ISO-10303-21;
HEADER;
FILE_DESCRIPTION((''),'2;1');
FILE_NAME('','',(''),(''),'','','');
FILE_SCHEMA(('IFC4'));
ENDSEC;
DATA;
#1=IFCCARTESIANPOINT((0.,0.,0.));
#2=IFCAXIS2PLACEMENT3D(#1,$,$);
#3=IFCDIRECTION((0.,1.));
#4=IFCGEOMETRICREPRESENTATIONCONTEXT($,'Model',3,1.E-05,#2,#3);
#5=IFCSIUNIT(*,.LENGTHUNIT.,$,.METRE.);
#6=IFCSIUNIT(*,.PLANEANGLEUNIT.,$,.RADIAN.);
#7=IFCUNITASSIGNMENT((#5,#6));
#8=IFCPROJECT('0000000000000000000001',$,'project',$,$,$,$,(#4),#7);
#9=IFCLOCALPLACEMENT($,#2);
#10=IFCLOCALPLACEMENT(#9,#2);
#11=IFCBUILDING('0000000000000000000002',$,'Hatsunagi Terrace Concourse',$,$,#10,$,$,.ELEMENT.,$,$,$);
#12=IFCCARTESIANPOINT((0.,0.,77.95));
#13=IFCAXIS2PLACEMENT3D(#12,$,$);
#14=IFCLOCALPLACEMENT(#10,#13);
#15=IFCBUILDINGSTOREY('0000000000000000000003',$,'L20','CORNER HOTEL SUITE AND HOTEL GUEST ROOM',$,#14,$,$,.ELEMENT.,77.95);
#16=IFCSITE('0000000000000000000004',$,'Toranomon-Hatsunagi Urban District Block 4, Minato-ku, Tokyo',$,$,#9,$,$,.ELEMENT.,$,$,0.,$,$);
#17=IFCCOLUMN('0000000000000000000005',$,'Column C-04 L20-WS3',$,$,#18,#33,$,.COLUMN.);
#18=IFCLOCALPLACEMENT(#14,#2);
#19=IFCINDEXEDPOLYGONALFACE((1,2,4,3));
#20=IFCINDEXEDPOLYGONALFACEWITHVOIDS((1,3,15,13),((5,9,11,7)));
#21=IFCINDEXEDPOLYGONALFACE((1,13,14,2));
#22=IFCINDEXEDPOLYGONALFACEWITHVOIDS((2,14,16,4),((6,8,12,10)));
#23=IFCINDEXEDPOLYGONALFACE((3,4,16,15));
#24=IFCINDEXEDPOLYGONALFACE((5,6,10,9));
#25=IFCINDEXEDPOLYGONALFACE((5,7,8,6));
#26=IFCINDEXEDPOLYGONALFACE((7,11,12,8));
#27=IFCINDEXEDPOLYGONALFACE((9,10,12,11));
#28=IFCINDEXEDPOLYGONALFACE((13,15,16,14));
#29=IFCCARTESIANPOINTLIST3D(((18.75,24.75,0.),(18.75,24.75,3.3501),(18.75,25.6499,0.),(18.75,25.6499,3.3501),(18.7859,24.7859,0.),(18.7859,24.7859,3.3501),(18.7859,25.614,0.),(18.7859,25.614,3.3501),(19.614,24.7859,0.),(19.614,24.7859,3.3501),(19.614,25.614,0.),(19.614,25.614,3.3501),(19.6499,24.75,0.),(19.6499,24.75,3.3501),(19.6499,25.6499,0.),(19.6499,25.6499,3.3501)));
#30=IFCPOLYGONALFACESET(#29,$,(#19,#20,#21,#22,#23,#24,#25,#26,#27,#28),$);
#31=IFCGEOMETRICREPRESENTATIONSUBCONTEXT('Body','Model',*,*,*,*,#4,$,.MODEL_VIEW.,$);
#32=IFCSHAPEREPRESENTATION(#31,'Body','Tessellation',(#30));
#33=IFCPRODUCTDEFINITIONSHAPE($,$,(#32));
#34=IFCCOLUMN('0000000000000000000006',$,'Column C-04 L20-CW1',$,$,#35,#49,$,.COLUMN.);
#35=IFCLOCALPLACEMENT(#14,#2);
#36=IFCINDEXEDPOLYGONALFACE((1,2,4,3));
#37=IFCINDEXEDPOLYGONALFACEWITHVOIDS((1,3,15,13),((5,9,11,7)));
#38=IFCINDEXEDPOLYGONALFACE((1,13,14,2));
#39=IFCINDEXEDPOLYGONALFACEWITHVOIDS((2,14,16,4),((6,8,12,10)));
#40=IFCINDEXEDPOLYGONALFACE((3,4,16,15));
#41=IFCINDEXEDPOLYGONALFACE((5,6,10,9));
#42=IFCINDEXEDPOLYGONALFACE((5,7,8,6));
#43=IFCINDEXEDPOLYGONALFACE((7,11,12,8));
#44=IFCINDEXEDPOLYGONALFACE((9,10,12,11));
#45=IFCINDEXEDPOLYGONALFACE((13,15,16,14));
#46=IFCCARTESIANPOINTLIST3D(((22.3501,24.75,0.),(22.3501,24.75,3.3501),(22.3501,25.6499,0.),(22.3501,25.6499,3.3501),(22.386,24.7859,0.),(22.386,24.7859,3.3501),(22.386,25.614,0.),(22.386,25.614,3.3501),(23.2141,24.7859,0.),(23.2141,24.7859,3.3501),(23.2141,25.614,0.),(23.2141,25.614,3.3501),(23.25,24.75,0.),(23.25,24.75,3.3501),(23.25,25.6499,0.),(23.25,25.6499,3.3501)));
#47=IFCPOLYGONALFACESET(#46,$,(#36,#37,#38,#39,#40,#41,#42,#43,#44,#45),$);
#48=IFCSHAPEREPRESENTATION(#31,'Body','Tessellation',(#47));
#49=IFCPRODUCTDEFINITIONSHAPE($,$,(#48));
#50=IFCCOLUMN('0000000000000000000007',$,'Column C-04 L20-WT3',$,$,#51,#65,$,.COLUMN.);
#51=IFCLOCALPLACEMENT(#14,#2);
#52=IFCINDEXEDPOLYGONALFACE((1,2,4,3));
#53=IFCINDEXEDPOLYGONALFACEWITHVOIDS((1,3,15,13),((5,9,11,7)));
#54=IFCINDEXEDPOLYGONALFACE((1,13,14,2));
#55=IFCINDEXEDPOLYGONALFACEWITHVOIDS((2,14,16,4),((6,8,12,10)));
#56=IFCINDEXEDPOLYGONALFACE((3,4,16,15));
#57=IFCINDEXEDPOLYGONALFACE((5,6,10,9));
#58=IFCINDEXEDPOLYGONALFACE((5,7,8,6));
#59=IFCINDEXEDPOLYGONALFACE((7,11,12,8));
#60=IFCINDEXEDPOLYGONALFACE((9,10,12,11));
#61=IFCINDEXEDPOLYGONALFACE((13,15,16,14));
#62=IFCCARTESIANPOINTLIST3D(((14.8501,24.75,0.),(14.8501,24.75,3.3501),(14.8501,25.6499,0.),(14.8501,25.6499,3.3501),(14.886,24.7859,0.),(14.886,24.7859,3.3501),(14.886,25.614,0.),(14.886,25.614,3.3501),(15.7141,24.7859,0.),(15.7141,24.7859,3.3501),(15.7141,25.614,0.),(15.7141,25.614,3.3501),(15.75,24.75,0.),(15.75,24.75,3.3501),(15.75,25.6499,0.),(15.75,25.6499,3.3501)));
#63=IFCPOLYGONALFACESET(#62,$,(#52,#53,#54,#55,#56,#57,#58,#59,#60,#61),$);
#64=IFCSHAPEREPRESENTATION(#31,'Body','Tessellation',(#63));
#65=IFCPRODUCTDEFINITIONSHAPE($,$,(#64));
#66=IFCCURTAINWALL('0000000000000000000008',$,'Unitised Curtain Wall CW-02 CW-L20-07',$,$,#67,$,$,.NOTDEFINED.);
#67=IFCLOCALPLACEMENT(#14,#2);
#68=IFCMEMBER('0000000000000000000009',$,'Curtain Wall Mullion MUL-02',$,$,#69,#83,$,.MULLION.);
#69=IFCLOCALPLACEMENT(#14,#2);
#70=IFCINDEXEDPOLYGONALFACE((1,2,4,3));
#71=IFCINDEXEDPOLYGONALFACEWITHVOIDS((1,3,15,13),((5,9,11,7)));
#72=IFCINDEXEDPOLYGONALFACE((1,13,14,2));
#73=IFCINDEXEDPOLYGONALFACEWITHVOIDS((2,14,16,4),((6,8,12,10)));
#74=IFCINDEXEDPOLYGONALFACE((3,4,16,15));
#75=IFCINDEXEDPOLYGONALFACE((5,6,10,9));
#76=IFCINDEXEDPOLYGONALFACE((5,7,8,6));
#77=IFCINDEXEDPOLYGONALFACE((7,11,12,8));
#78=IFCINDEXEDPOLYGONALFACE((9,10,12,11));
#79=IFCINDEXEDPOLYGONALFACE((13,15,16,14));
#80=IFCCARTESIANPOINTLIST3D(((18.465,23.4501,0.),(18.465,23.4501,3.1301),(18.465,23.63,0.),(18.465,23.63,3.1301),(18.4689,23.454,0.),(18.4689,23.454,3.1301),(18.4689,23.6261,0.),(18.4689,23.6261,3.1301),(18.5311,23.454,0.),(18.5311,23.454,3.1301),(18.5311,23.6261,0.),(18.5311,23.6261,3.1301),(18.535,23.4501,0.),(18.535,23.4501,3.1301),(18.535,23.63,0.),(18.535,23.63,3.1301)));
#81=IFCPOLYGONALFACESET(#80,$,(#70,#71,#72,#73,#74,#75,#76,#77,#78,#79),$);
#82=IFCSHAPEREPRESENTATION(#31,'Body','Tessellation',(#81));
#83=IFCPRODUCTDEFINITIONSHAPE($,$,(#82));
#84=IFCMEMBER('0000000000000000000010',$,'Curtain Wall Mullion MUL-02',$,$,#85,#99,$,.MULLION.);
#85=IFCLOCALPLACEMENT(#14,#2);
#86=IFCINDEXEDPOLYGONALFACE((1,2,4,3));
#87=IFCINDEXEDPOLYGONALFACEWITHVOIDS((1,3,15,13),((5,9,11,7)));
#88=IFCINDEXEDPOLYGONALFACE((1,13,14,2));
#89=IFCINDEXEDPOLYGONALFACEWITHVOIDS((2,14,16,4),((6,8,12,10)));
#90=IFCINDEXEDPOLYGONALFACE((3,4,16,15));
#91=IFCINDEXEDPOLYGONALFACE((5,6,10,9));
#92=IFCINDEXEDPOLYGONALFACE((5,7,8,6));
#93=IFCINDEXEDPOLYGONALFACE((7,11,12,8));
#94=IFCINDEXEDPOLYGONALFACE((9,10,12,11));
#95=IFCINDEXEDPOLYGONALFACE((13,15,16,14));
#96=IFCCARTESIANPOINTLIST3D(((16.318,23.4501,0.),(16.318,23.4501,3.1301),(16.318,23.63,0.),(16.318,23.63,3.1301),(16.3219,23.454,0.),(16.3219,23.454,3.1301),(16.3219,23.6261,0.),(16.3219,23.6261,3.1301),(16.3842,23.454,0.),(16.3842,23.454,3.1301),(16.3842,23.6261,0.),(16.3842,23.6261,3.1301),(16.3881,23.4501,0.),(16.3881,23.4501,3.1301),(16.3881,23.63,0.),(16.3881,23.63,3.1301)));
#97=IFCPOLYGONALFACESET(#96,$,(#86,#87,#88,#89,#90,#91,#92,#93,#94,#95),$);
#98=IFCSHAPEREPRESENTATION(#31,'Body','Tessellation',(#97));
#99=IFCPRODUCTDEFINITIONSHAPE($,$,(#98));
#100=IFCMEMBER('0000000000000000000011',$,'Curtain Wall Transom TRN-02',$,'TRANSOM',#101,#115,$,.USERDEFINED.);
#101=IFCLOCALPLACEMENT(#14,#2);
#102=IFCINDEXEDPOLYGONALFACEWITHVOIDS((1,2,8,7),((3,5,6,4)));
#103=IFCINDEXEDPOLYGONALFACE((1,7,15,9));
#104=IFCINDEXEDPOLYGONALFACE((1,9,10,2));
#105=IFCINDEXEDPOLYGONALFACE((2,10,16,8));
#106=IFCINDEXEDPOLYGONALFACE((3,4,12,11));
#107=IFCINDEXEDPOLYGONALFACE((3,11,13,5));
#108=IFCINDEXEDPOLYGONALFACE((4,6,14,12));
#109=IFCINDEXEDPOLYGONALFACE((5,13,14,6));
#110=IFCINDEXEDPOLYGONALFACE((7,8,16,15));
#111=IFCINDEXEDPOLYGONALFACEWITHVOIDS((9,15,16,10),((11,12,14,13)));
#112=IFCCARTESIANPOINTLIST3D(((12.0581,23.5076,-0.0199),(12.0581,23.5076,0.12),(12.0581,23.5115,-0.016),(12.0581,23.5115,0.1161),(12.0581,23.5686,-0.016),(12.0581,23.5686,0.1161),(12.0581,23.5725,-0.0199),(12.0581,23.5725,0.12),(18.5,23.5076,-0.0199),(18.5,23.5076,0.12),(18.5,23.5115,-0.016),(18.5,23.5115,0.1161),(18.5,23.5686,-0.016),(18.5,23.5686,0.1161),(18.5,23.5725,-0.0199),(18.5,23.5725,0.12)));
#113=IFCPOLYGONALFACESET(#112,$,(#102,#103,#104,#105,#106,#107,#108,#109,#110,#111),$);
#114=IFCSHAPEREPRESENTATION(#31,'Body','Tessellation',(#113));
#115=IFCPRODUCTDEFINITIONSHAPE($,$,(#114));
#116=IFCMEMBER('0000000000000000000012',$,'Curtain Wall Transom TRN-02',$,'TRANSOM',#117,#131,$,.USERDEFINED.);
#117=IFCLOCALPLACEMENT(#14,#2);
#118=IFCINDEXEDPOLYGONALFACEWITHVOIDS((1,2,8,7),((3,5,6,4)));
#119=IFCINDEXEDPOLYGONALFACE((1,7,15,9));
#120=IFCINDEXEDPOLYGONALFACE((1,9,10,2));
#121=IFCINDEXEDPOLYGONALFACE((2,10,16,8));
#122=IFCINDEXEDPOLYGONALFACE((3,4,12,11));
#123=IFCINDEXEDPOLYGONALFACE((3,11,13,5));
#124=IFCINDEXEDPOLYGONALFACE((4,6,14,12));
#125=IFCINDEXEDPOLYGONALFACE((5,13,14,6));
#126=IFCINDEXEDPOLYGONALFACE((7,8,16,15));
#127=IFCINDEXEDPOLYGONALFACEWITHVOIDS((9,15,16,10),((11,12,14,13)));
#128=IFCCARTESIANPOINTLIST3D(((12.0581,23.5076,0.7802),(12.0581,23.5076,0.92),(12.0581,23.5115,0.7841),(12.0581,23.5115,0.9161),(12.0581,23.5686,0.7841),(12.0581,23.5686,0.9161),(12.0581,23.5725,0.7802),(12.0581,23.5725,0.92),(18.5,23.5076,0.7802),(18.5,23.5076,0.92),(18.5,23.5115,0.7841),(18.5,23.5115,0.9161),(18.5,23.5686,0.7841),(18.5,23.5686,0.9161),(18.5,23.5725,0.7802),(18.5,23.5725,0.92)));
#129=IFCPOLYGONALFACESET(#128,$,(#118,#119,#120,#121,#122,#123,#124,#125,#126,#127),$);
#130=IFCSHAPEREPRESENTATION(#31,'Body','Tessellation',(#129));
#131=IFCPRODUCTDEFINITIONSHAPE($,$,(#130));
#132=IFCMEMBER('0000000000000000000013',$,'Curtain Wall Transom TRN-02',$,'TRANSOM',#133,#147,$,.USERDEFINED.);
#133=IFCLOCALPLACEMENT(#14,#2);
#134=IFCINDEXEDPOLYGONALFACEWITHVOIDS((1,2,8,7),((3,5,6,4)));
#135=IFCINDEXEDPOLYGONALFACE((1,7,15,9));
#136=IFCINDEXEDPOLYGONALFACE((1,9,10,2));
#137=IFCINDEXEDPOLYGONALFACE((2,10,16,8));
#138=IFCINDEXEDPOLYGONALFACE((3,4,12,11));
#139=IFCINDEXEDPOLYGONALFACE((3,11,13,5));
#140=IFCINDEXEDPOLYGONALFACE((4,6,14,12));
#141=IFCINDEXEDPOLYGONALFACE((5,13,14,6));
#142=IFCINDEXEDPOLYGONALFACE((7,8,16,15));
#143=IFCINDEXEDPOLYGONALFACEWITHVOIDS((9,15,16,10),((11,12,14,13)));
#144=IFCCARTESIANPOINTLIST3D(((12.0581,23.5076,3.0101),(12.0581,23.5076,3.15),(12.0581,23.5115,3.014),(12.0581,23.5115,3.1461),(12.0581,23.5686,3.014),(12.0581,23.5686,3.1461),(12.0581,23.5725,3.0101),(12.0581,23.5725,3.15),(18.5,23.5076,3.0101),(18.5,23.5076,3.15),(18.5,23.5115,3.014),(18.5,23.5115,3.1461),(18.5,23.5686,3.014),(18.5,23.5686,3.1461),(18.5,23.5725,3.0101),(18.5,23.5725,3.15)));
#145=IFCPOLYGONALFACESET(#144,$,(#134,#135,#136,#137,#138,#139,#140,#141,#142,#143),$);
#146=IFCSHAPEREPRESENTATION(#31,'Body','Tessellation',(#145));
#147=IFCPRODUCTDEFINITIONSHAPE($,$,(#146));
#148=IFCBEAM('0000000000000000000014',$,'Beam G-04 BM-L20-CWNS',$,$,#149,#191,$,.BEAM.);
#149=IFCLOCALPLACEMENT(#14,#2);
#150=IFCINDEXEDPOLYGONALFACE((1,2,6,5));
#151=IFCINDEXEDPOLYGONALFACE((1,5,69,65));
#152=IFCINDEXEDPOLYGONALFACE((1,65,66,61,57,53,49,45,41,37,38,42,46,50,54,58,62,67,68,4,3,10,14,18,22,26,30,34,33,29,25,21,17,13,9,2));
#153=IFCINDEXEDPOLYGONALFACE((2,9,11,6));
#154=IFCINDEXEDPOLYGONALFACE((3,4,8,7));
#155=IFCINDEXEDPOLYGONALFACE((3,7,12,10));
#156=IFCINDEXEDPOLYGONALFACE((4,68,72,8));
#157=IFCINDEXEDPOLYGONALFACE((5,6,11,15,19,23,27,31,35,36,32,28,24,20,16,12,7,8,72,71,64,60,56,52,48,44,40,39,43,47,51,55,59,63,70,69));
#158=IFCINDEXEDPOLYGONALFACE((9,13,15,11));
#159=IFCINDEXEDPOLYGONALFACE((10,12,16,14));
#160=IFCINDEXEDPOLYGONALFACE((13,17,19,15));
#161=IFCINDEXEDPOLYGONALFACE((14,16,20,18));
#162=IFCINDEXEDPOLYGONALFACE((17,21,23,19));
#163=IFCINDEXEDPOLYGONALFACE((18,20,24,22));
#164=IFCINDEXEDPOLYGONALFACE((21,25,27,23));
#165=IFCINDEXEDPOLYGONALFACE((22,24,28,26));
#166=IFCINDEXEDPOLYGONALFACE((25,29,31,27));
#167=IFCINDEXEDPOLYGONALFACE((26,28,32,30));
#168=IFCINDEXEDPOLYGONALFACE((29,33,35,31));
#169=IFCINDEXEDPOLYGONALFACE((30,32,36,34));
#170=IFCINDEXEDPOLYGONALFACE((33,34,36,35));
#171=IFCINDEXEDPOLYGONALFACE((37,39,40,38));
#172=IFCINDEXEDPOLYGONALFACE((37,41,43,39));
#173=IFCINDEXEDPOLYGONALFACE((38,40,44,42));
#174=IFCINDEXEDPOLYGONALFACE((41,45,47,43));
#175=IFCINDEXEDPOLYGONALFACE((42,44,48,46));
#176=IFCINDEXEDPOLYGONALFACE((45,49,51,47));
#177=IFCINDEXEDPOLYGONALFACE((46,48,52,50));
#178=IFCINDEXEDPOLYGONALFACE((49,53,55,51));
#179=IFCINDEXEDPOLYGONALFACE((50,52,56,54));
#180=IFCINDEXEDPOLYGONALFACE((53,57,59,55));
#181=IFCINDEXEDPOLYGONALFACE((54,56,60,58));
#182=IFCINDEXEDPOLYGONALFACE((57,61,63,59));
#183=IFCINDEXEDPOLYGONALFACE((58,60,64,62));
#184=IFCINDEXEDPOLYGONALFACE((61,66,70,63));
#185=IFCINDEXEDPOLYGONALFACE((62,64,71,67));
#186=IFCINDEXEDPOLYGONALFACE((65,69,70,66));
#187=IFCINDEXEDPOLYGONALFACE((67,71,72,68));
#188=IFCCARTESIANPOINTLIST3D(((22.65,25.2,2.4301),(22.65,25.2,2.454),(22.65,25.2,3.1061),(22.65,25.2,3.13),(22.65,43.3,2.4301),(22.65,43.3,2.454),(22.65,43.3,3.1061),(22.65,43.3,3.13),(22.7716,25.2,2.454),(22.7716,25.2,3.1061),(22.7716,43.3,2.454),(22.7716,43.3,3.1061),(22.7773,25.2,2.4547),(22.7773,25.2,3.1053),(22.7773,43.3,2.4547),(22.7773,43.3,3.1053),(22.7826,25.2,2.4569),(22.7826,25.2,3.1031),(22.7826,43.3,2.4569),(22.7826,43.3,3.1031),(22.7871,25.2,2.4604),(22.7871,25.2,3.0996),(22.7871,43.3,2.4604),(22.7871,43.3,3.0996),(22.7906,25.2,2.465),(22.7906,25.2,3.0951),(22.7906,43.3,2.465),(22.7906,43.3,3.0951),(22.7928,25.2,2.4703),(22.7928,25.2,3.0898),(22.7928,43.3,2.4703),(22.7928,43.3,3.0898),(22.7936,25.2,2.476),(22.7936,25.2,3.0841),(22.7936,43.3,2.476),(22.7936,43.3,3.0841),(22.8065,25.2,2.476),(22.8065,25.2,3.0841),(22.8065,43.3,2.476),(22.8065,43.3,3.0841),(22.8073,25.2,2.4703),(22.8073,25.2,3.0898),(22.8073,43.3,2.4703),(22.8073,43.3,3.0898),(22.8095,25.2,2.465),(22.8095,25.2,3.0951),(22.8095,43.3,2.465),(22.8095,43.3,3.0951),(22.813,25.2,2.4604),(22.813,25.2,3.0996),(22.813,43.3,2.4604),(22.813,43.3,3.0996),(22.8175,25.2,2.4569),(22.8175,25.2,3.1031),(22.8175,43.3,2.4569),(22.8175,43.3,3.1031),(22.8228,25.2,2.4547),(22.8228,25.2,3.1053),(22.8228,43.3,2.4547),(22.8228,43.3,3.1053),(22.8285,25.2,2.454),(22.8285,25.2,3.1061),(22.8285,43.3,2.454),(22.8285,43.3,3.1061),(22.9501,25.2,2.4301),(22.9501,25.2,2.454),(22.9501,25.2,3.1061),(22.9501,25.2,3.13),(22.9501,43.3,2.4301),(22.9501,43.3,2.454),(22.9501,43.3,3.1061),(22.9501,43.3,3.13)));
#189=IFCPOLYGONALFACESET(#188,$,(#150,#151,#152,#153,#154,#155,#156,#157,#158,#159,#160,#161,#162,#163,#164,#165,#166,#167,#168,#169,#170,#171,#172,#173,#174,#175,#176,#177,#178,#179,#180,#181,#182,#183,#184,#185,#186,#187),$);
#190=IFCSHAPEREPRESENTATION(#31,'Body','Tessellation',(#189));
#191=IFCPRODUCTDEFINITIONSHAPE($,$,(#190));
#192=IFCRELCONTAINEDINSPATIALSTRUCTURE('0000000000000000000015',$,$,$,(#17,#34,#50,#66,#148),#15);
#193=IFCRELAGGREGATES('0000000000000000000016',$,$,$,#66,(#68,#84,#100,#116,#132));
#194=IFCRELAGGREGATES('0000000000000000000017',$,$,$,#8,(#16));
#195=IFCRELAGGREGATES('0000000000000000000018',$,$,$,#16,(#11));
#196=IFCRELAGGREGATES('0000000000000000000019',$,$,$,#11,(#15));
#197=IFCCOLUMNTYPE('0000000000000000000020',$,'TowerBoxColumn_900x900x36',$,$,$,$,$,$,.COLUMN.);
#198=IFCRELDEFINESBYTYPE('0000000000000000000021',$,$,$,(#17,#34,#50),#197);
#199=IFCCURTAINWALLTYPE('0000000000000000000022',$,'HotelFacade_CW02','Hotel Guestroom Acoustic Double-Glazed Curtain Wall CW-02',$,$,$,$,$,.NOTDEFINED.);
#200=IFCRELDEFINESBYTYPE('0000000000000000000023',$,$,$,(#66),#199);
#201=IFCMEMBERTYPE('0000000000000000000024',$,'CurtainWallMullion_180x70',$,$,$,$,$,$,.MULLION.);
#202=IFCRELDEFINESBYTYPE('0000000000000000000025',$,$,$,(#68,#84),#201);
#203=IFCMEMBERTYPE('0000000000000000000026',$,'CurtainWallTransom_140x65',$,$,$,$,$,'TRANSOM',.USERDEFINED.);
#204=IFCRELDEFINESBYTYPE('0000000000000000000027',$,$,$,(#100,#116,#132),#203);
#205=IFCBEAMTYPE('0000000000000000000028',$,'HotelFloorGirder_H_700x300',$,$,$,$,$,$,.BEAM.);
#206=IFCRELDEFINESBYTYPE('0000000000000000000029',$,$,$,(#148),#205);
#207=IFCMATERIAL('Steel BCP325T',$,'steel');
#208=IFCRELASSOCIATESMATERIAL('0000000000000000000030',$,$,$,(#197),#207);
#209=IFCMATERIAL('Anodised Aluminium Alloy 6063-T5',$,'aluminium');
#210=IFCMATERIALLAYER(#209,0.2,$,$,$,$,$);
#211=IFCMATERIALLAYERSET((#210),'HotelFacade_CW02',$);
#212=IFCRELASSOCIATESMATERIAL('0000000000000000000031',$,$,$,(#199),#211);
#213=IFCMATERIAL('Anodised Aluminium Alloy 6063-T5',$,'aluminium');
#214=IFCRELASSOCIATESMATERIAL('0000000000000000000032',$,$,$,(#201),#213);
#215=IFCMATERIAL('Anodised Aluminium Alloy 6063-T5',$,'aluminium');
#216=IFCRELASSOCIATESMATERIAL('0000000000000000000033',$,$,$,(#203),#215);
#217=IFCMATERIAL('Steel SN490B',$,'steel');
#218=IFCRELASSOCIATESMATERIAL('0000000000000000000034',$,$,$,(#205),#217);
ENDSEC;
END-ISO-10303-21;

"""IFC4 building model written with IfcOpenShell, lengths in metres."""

from ifc_helpers import new_model, si_unit, direction, frame, origin, origin_2d, place, context, subcontext, project, spatial, hollow_rectangle, i_section, extrude, material, layer, layer_set, material_profile, profile_set, type_object, element, aggregate, save


model = new_model("IFC4")

# Units and contexts
model_context = context("Model", 3, precision=1e-05, world=origin(), true_north=direction((0.0, 1.0)))
body_context = subcontext(model_context, "Body", "Model", "MODEL_VIEW")
ifc_project = project(units=[si_unit("LENGTHUNIT", "METRE"), si_unit("PLANEANGLEUNIT", "RADIAN")], contexts=[model_context])

# Site, building, storey
site_placement = place(None, origin())
site = spatial("IfcSite", under=ifc_project, at=site_placement, Name="Toranomon-Hatsunagi Urban District Block 4, Minato-ku, Tokyo", CompositionType="ELEMENT", RefElevation=0.0)
building_placement = place(site_placement, origin())
building = spatial("IfcBuilding", under=site, at=building_placement, Name="Hatsunagi Terrace Concourse", CompositionType="ELEMENT")
storey_placement = place(building_placement, frame((0.0, 0.0, 77.95)))
storey = spatial("IfcBuildingStorey", under=building, at=storey_placement, Name="L20", Description="CORNER HOTEL SUITE AND HOTEL GUEST ROOM", CompositionType="ELEMENT", Elevation=77.95)

# Columns
ifc_material_1 = material(Name="Steel BCP325T", Category="steel")
ifc_material_profile_1 = material_profile(ifc_material_1, hollow_rectangle(XDim=0.8999, YDim=0.8999, WallThickness=0.0359, at=origin_2d()), Name="BCP-900x900x36")
ifc_profile_set_1 = profile_set([ifc_material_profile_1], Name="Steel BCP325T")
column_type = type_object("IfcColumnType", Name="TowerBoxColumn_900x900x36", PredefinedType="COLUMN", material=ifc_profile_set_1)
for number, where, z_axis, x_axis, name in (
    (1, (19.2, 25.2, 0.0), (0.0, 0.0, 1.0), (1.0, 0.0, 0.0), "Column C-04 L20-WS3"),
    (2, (22.8, 25.2, 0.0), (0.0, 0.0, 1.0), (1.0, 0.0, 0.0), "Column C-04 L20-CW1"),
    (3, (15.3, 25.2, 0.0), (0.0, 0.0, 1.0), (1.0, 0.0, 0.0), "Column C-04 L20-WT3"),
):
    element("IfcColumn", number, at=place(storey_placement, frame(where, z_axis=z_axis, x_axis=x_axis)), inside=storey, type_object=column_type, Name=name, PredefinedType="COLUMN", context=body_context, shape_type="SweptSolid", body=[
        extrude(hollow_rectangle(XDim=0.8999, YDim=0.8999, WallThickness=0.0359, at=origin_2d()), origin(), (0.0, 0.0, 1.0), 3.3501),
    ])

# Curtain wall, members
ifc_material_2 = material(Name="Anodised Aluminium Alloy 6063-T5", Category="aluminium")
ifc_layer_1 = layer(ifc_material_2, 0.2)
ifc_layer_set_1 = layer_set([ifc_layer_1], Name="HotelFacade_CW02")
curtain_wall_type = type_object("IfcCurtainWallType", Name="HotelFacade_CW02", Description="Hotel Guestroom Acoustic Double-Glazed Curtain Wall CW-02", PredefinedType="NOTDEFINED", material=ifc_layer_set_1)
curtain_wall_placement = place(storey_placement, origin())
curtain_wall = element("IfcCurtainWall", 4, at=curtain_wall_placement, inside=storey, type_object=curtain_wall_type, Name="Unitised Curtain Wall CW-02 CW-L20-07", PredefinedType="NOTDEFINED")
ifc_material_3 = material(Name="Anodised Aluminium Alloy 6063-T5", Category="aluminium")
ifc_material_profile_2 = material_profile(ifc_material_3, hollow_rectangle(XDim=0.0701, YDim=0.1799, WallThickness=0.0039, at=origin_2d()), Name="ALU-MUL-180x70x4")
ifc_profile_set_2 = profile_set([ifc_material_profile_2], Name="Anodised Aluminium Alloy 6063-T5")
member_type_1 = type_object("IfcMemberType", Name="CurtainWallMullion_180x70", PredefinedType="MULLION", material=ifc_profile_set_2)
member_1_placement = place(storey_placement, frame((18.5, 23.54, 0.0), z_axis=(0.0, 0.0, 1.0), x_axis=(-1.0, 0.0, 0.0)))
member_1 = element("IfcMember", 5, at=member_1_placement, type_object=member_type_1, Name="Curtain Wall Mullion MUL-02", PredefinedType="MULLION", context=body_context, shape_type="SweptSolid", body=[
    extrude(hollow_rectangle(XDim=0.0701, YDim=0.1799, WallThickness=0.0039, at=origin_2d()), origin(), (0.0, 0.0, 1.0), 3.1301),
])
member_2_placement = place(storey_placement, frame((16.353, 23.54, 0.0), z_axis=(0.0, 0.0, 1.0), x_axis=(-1.0, 0.0, 0.0)))
member_2 = element("IfcMember", 6, at=member_2_placement, type_object=member_type_1, Name="Curtain Wall Mullion MUL-02", PredefinedType="MULLION", context=body_context, shape_type="SweptSolid", body=[
    extrude(hollow_rectangle(XDim=0.0701, YDim=0.1799, WallThickness=0.0039, at=origin_2d()), origin(), (0.0, 0.0, 1.0), 3.1301),
])
ifc_material_4 = material(Name="Anodised Aluminium Alloy 6063-T5", Category="aluminium")
ifc_material_profile_3 = material_profile(ifc_material_4, hollow_rectangle(XDim=0.0649, YDim=0.1399, WallThickness=0.0039, at=origin_2d()), Name="ALU-TRN-140x65x4")
ifc_profile_set_3 = profile_set([ifc_material_profile_3], Name="Anodised Aluminium Alloy 6063-T5")
member_type_2 = type_object("IfcMemberType", Name="CurtainWallTransom_140x65", ElementType="TRANSOM", PredefinedType="USERDEFINED", material=ifc_profile_set_3)
member_3_placement = place(storey_placement, frame((18.5, 23.54, 0.05), z_axis=(-1.0, 0.0, 0.0), x_axis=(0.0, -1.0, 0.0)))
member_3 = element("IfcMember", 7, at=member_3_placement, type_object=member_type_2, Name="Curtain Wall Transom TRN-02", ObjectType="TRANSOM", PredefinedType="USERDEFINED", context=body_context, shape_type="SweptSolid", body=[
    extrude(hollow_rectangle(XDim=0.0649, YDim=0.1399, WallThickness=0.0039, at=origin_2d()), origin(), (0.0, 0.0, 1.0), 6.4419),
])
member_4_placement = place(storey_placement, frame((18.5, 23.54, 0.8501), z_axis=(-1.0, 0.0, 0.0), x_axis=(0.0, -1.0, 0.0)))
member_4 = element("IfcMember", 8, at=member_4_placement, type_object=member_type_2, Name="Curtain Wall Transom TRN-02", ObjectType="TRANSOM", PredefinedType="USERDEFINED", context=body_context, shape_type="SweptSolid", body=[
    extrude(hollow_rectangle(XDim=0.0649, YDim=0.1399, WallThickness=0.0039, at=origin_2d()), origin(), (0.0, 0.0, 1.0), 6.4419),
])
member_5_placement = place(storey_placement, frame((18.5, 23.54, 3.0801), z_axis=(-1.0, 0.0, 0.0), x_axis=(0.0, -1.0, 0.0)))
member_5 = element("IfcMember", 9, at=member_5_placement, type_object=member_type_2, Name="Curtain Wall Transom TRN-02", ObjectType="TRANSOM", PredefinedType="USERDEFINED", context=body_context, shape_type="SweptSolid", body=[
    extrude(hollow_rectangle(XDim=0.0649, YDim=0.1399, WallThickness=0.0039, at=origin_2d()), origin(), (0.0, 0.0, 1.0), 6.4419),
])

# Beam
ifc_material_5 = material(Name="Steel SN490B", Category="steel")
ifc_material_profile_4 = material_profile(ifc_material_5, i_section(OverallWidth=0.3, OverallDepth=0.7, WebThickness=0.0129, FlangeThickness=0.0239, FilletRadius=0.022, at=origin_2d()), Name="H-700x300x13x24")
ifc_profile_set_4 = profile_set([ifc_material_profile_4], Name="Steel SN490B")
beam_type_1 = type_object("IfcBeamType", Name="HotelFloorGirder_H_700x300", PredefinedType="BEAM", material=ifc_profile_set_4)
beam_1_placement = place(storey_placement, frame((22.8, 25.2, 2.78), z_axis=(0.0, 1.0, 0.0), x_axis=(-1.0, 0.0, 0.0)))
element("IfcBeam", 10, at=beam_1_placement, inside=storey, type_object=beam_type_1, Name="Beam G-04 BM-L20-CWNS", PredefinedType="BEAM", context=body_context, shape_type="SweptSolid", body=[
    extrude(i_section(OverallWidth=0.3, OverallDepth=0.7, WebThickness=0.0129, FlangeThickness=0.0239, FilletRadius=0.022, at=origin_2d()), origin(), (0.0, 0.0, 1.0), 18.1001),
])

aggregate(curtain_wall, [member_1, member_2, member_3, member_4, member_5])

save(model, "model.ifc")
